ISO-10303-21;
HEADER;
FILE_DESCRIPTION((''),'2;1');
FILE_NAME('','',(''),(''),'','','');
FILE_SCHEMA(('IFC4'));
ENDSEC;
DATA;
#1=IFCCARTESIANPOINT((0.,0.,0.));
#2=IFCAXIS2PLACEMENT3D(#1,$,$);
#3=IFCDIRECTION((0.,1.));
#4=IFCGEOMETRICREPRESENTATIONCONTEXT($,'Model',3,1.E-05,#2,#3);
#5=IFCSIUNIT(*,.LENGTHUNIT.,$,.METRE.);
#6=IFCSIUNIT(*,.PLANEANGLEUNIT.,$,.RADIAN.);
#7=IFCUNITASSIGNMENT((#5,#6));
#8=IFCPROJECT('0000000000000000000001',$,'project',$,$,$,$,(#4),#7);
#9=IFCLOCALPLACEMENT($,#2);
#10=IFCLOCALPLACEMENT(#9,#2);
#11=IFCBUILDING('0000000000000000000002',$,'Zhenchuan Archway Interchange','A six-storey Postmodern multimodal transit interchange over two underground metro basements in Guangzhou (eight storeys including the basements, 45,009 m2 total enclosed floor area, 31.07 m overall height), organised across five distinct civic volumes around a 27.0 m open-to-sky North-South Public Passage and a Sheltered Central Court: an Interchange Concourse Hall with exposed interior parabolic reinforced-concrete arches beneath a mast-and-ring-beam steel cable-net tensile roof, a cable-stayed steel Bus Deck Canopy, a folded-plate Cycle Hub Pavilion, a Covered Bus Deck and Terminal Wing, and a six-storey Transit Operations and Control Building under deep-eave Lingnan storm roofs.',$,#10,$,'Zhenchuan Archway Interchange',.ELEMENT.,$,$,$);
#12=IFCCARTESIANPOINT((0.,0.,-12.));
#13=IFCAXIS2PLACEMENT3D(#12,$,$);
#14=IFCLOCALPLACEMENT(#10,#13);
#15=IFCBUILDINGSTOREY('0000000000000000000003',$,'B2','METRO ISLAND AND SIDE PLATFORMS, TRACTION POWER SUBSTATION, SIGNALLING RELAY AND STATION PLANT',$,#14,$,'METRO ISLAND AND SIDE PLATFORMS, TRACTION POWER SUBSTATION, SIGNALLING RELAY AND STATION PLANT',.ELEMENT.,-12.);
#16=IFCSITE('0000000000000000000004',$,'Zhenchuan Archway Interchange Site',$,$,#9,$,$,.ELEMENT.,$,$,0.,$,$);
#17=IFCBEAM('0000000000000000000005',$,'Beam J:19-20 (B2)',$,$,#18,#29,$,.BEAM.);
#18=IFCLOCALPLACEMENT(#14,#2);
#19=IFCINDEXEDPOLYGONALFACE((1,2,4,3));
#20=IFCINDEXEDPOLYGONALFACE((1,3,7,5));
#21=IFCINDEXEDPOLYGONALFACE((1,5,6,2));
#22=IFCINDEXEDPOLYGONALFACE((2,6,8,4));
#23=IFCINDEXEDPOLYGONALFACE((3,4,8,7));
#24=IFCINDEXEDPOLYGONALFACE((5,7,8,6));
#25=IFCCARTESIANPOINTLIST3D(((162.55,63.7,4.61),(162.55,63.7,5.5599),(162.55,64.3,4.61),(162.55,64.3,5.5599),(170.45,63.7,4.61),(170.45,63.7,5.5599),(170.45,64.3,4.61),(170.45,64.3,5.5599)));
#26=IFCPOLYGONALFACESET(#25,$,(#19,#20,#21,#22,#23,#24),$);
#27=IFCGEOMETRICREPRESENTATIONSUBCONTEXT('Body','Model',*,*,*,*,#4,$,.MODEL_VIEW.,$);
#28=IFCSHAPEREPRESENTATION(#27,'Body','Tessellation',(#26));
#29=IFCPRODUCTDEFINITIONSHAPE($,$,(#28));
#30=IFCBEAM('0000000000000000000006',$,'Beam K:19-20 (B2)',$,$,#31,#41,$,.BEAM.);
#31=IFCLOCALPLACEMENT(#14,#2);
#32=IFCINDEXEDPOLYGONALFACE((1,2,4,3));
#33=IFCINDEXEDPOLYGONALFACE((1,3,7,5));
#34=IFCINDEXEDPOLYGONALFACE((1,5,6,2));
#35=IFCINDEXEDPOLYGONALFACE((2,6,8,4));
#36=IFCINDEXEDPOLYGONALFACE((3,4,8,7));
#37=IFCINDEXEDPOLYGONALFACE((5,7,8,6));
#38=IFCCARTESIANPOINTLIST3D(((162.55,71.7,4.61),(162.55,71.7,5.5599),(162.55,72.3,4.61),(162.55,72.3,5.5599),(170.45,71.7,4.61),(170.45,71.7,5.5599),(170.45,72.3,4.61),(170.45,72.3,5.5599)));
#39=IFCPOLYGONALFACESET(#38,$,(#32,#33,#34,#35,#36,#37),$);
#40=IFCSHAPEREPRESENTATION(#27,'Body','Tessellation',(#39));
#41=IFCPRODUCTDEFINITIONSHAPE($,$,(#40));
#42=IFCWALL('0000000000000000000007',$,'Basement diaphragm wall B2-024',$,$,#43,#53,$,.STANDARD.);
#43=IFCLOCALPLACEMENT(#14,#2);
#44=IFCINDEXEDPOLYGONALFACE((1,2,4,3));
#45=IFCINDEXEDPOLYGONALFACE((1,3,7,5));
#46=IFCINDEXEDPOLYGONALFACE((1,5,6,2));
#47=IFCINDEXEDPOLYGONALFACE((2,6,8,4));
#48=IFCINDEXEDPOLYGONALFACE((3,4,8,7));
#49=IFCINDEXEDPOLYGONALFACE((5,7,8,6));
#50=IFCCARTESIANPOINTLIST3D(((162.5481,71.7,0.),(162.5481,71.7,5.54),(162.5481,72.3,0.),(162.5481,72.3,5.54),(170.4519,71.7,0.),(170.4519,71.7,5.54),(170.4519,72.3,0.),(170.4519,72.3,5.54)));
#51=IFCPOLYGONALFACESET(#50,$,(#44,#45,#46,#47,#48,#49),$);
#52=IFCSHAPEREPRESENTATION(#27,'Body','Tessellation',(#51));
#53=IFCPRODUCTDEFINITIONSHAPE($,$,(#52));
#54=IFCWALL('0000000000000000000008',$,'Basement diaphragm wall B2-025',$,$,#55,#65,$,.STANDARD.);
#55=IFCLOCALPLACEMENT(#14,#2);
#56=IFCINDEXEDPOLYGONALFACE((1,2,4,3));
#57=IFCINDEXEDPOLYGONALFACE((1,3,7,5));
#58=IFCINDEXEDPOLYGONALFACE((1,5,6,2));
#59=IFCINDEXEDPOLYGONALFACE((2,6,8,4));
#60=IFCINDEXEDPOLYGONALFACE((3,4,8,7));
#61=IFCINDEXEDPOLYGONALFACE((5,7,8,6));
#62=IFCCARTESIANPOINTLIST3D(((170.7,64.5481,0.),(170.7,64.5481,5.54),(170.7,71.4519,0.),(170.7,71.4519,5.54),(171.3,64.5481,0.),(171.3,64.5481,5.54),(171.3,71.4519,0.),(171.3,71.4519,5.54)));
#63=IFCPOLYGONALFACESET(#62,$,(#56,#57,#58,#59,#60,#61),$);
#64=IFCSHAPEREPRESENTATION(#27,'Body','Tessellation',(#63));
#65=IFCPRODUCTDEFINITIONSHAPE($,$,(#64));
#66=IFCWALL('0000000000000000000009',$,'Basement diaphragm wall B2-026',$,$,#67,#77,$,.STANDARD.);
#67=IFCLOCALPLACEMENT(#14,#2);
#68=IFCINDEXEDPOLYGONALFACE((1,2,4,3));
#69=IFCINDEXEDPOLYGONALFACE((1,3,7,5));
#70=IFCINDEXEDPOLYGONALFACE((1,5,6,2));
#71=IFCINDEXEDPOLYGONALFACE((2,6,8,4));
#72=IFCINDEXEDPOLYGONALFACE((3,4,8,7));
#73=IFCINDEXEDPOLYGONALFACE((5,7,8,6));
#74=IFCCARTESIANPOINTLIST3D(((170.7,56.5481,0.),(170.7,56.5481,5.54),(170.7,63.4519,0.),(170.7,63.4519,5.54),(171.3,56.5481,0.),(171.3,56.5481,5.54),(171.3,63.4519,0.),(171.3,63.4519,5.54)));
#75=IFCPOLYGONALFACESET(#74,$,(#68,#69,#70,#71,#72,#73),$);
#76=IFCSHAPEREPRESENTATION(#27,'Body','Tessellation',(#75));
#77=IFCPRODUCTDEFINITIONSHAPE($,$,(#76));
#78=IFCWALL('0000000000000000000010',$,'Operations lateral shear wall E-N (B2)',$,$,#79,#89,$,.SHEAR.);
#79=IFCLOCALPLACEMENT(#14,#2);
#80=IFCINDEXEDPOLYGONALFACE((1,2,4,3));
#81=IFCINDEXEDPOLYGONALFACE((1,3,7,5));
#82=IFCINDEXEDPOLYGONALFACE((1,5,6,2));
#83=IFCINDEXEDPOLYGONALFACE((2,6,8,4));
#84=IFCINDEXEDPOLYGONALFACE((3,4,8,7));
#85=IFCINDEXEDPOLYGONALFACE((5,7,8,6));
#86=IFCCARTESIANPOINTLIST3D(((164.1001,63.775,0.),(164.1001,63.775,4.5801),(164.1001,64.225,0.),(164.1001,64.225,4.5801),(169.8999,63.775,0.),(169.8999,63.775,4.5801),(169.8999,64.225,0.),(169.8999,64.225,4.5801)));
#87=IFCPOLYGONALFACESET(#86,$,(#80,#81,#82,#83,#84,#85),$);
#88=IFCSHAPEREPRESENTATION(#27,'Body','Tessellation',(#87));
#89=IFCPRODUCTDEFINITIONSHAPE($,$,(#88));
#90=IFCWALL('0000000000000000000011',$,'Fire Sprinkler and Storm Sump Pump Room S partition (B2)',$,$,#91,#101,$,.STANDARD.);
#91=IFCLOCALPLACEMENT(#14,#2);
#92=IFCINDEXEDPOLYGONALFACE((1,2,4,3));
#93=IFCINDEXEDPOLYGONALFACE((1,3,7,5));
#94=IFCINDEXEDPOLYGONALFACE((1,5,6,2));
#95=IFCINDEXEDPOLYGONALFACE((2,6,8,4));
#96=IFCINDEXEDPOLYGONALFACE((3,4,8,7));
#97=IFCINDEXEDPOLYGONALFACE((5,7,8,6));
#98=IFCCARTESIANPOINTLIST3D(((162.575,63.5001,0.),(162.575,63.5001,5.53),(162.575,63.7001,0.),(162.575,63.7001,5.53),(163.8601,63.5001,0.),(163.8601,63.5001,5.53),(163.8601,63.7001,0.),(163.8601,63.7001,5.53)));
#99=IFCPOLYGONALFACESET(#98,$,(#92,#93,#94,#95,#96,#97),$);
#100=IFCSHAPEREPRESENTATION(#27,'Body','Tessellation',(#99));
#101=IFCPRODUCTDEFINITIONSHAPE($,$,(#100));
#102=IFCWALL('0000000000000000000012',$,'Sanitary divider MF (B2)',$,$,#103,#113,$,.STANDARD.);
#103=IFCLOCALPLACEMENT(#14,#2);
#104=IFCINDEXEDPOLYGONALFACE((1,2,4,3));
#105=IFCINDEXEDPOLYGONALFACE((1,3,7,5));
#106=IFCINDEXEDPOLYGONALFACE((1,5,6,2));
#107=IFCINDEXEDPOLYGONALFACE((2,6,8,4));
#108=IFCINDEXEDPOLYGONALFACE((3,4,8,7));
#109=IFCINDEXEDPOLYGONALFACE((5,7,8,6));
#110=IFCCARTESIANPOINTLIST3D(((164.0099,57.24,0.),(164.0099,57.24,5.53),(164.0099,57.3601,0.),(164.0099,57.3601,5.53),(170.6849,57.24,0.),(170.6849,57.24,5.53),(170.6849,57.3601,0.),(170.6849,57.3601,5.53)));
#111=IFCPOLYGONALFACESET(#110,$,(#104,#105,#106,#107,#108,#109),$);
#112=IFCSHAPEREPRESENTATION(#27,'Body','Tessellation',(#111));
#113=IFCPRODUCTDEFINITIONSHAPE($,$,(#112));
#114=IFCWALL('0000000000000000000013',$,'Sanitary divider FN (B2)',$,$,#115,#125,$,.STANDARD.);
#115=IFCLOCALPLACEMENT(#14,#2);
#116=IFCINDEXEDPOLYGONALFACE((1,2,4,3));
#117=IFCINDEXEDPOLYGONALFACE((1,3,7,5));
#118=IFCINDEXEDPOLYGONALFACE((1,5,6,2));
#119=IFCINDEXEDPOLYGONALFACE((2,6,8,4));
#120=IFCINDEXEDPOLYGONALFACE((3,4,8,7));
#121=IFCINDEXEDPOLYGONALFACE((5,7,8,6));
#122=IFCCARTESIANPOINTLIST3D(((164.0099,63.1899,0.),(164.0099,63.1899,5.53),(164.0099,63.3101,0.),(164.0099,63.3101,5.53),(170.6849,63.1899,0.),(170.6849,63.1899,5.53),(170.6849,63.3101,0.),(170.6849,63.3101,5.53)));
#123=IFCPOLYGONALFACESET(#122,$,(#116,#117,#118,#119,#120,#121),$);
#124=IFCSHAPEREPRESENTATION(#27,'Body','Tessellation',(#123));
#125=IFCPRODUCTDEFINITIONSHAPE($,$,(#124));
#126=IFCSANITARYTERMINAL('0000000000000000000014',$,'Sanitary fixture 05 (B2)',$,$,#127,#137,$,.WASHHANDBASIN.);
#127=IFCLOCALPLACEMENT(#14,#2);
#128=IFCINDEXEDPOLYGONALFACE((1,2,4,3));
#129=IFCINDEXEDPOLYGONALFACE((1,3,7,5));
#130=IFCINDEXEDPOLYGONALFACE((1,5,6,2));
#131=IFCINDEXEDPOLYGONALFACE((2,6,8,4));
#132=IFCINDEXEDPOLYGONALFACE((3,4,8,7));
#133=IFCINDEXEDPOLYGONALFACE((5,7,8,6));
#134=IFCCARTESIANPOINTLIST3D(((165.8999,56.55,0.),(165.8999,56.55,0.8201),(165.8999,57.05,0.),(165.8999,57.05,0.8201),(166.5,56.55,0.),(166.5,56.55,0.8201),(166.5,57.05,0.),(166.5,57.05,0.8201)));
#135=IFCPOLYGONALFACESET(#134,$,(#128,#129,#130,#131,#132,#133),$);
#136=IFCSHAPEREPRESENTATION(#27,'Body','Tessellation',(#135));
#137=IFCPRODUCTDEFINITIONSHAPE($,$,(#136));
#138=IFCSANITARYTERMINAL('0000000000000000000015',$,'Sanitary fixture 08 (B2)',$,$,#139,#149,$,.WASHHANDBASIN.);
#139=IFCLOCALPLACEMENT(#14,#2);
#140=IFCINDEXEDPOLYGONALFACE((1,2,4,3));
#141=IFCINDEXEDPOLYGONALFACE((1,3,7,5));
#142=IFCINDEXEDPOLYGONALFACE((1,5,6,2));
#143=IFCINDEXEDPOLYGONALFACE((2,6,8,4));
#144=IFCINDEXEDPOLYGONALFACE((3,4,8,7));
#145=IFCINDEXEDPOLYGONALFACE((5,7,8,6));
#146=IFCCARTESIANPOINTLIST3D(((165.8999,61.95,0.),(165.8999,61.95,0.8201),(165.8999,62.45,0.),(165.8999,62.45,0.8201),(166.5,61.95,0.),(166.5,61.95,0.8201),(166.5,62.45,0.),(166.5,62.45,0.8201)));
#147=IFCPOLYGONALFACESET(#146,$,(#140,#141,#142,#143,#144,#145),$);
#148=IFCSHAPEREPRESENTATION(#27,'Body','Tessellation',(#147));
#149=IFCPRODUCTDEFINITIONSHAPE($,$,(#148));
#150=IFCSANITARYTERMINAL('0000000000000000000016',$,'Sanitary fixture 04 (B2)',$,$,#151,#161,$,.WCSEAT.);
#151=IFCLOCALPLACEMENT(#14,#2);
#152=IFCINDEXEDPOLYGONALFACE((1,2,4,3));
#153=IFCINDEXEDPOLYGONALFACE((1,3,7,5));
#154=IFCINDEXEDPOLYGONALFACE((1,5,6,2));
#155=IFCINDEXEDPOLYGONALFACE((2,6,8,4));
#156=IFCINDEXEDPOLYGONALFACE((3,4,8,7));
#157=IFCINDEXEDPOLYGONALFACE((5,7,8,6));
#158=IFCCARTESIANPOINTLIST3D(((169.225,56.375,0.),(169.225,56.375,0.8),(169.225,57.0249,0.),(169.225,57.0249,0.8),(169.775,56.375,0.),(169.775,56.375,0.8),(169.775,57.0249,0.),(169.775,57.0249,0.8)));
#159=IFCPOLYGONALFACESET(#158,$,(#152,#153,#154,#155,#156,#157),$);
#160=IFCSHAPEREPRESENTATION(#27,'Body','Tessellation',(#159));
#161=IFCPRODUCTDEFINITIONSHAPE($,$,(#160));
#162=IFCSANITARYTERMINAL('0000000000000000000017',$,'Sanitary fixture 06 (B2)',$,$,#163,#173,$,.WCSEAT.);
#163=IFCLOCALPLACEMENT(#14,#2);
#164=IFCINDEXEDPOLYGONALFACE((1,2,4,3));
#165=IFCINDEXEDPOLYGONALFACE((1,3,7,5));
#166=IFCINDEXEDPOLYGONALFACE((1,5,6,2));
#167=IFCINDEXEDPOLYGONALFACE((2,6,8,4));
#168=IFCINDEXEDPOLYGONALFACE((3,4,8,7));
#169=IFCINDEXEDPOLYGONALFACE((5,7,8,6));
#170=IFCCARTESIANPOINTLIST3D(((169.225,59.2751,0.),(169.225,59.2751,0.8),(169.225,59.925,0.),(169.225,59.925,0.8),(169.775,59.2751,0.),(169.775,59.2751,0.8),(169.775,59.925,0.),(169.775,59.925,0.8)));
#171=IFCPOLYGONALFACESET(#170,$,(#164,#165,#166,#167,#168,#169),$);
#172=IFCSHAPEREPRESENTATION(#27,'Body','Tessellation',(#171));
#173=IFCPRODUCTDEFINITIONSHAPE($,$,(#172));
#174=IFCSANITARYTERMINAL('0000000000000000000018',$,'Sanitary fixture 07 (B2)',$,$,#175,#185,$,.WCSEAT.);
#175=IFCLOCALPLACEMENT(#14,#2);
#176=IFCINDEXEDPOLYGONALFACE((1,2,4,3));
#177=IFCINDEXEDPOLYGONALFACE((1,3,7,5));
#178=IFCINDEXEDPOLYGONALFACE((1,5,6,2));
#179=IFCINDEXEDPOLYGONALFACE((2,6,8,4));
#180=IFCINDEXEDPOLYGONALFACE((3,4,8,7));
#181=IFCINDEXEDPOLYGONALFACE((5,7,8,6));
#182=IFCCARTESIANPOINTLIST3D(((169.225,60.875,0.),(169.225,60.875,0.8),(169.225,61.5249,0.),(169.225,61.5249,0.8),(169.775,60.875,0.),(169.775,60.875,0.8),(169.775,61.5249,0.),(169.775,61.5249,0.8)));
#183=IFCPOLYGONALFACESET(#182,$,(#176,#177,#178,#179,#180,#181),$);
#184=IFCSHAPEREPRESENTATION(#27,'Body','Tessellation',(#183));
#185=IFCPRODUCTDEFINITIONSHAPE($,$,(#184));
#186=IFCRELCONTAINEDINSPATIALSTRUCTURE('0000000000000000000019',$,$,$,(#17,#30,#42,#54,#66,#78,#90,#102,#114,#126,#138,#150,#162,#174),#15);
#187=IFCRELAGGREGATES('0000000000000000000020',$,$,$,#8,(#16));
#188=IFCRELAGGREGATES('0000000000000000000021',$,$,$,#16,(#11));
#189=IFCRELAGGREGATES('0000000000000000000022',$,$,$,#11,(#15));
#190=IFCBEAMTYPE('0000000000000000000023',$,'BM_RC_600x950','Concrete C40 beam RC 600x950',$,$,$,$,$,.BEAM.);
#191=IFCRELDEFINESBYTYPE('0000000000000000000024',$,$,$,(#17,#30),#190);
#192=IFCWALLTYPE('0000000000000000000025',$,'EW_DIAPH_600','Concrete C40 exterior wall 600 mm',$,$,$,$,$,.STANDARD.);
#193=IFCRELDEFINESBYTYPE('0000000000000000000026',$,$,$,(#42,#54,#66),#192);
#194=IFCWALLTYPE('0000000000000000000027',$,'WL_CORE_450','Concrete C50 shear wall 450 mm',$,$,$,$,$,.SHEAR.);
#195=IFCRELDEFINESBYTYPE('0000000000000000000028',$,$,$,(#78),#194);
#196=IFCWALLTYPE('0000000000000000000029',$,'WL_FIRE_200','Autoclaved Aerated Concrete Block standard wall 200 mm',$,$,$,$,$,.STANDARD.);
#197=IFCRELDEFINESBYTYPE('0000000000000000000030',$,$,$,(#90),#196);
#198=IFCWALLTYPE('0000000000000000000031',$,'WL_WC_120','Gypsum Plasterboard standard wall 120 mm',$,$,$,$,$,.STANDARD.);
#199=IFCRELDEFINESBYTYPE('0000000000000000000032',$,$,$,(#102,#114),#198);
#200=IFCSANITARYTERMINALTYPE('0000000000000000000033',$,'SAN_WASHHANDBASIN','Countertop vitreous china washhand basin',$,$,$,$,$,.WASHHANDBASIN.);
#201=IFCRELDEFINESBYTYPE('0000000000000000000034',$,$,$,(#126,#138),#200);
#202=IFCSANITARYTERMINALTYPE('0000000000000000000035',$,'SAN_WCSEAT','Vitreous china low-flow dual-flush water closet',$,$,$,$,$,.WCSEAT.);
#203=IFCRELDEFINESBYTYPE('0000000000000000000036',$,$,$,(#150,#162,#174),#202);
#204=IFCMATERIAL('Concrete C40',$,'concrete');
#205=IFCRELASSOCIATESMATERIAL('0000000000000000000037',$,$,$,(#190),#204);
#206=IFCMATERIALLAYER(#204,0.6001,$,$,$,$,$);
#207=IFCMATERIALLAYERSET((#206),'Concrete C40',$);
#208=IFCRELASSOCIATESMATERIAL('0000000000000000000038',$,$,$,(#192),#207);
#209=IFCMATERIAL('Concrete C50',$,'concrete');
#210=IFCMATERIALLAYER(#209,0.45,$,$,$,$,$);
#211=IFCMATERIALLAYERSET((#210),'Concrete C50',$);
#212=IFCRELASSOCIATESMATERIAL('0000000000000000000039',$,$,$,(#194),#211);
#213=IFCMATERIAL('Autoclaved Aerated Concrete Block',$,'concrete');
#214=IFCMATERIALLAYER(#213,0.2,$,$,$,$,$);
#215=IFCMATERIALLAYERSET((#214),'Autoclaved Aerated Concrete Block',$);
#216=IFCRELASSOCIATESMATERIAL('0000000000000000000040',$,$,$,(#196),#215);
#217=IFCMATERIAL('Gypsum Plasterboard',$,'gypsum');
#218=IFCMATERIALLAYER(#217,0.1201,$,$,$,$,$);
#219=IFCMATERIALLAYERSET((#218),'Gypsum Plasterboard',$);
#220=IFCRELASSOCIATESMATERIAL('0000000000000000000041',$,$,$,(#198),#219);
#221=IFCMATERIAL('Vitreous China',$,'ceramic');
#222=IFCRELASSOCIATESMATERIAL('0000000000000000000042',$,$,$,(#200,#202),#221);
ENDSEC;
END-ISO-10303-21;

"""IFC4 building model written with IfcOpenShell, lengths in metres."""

from ifc_helpers import new_model, si_unit, direction, frame, frame_2d, origin, origin_2d, place, context, subcontext, project, spatial, rectangle, extrude, material, layer, layer_set, material_profile, profile_set, type_object, element, save


model = new_model("IFC4")

# Units and contexts
model_context = context("Model", 3, precision=1e-05, world=origin(), true_north=direction((0.0, 1.0)))
body_context = subcontext(model_context, "Body", "Model", "MODEL_VIEW")
ifc_project = project(units=[si_unit("LENGTHUNIT", "METRE"), si_unit("PLANEANGLEUNIT", "RADIAN")], contexts=[model_context])

# Site, building, storey
site_placement = place(None, origin())
site = spatial("IfcSite", under=ifc_project, at=site_placement, Name="Zhenchuan Archway Interchange Site", CompositionType="ELEMENT", RefElevation=0.0)
building_placement = place(site_placement, origin())
building = spatial("IfcBuilding", under=site, at=building_placement, Name="Zhenchuan Archway Interchange", Description="A six-storey Postmodern multimodal transit interchange over two underground metro basements in Guangzhou (eight storeys including the basements, 45,009 m2 total enclosed floor area, 31.07 m overall height), organised across five distinct civic volumes around a 27.0 m open-to-sky North-South Public Passage and a Sheltered Central Court: an Interchange Concourse Hall with exposed interior parabolic reinforced-concrete arches beneath a mast-and-ring-beam steel cable-net tensile roof, a cable-stayed steel Bus Deck Canopy, a folded-plate Cycle Hub Pavilion, a Covered Bus Deck and Terminal Wing, and a six-storey Transit Operations and Control Building under deep-eave Lingnan storm roofs.", LongName="Zhenchuan Archway Interchange", CompositionType="ELEMENT")
storey_placement = place(building_placement, frame((0.0, 0.0, -12.0)))
storey = spatial("IfcBuildingStorey", under=building, at=storey_placement, Name="B2", Description="METRO ISLAND AND SIDE PLATFORMS, TRACTION POWER SUBSTATION, SIGNALLING RELAY AND STATION PLANT", LongName="METRO ISLAND AND SIDE PLATFORMS, TRACTION POWER SUBSTATION, SIGNALLING RELAY AND STATION PLANT", CompositionType="ELEMENT", Elevation=-12.0)

# Shared definitions
ifc_material_1 = material(Name="Concrete C40", Category="concrete")

# Shared definitions
ifc_material_2 = material(Name="Concrete C50", Category="concrete")

# Beams
ifc_material_profile_1 = material_profile(ifc_material_1, rectangle(XDim=0.6001, YDim=0.95, at=origin_2d()), Name="RC 600x950")
ifc_profile_set_1 = profile_set([ifc_material_profile_1], Name="Concrete C40")
beam_type_1 = type_object("IfcBeamType", Name="BM_RC_600x950", Description="Concrete C40 beam RC 600x950", PredefinedType="BEAM", material=ifc_profile_set_1)
for number, where, z_axis, x_axis, name in (
    (1, (162.55, 64.0, 5.085), (1.0, 0.0, 0.0), (0.0, 1.0, 0.0), "Beam J:19-20 (B2)"),
    (2, (162.55, 72.0, 5.085), (1.0, 0.0, 0.0), (0.0, 1.0, 0.0), "Beam K:19-20 (B2)"),
):
    element("IfcBeam", number, at=place(storey_placement, frame(where, z_axis=z_axis, x_axis=x_axis)), inside=storey, type_object=beam_type_1, Name=name, PredefinedType="BEAM", context=body_context, shape_type="SweptSolid", body=[
        extrude(rectangle(XDim=0.6001, YDim=0.95, at=origin_2d()), origin(), (0.0, 0.0, 1.0), 7.8999),
    ])

# Walls
ifc_layer_1 = layer(ifc_material_1, 0.6001)
ifc_layer_set_1 = layer_set([ifc_layer_1], Name="Concrete C40")
wall_type_1 = type_object("IfcWallType", Name="EW_DIAPH_600", Description="Concrete C40 exterior wall 600 mm", PredefinedType="STANDARD", material=ifc_layer_set_1)
wall_1_placement = place(storey_placement, frame((162.5481, 72.0, 0.0), z_axis=(0.0, 0.0, 1.0), x_axis=(1.0, 0.0, 0.0)))
element("IfcWall", 3, at=wall_1_placement, inside=storey, type_object=wall_type_1, Name="Basement diaphragm wall B2-024", PredefinedType="STANDARD", context=body_context, shape_type="SweptSolid", body=[
    extrude(rectangle(XDim=7.9038, YDim=0.6001, at=frame_2d((3.9519, 0.0))), origin(), (0.0, 0.0, 1.0), 5.54),
])
for number, where, z_axis, x_axis, name in (
    (4, (171.0, 71.4519, 0.0), (0.0, 0.0, 1.0), (0.0, -1.0, 0.0), "Basement diaphragm wall B2-025"),
    (5, (171.0, 63.4519, 0.0), (0.0, 0.0, 1.0), (0.0, -1.0, 0.0), "Basement diaphragm wall B2-026"),
):
    element("IfcWall", number, at=place(storey_placement, frame(where, z_axis=z_axis, x_axis=x_axis)), inside=storey, type_object=wall_type_1, Name=name, PredefinedType="STANDARD", context=body_context, shape_type="SweptSolid", body=[
        extrude(rectangle(XDim=6.9038, YDim=0.6001, at=frame_2d((3.4519, 0.0))), origin(), (0.0, 0.0, 1.0), 5.54),
    ])
ifc_layer_2 = layer(ifc_material_2, 0.45)
ifc_layer_set_2 = layer_set([ifc_layer_2], Name="Concrete C50")
wall_type_2 = type_object("IfcWallType", Name="WL_CORE_450", Description="Concrete C50 shear wall 450 mm", PredefinedType="SHEAR", material=ifc_layer_set_2)
wall_2_placement = place(storey_placement, frame((164.1001, 64.0, 0.0), z_axis=(0.0, 0.0, 1.0), x_axis=(1.0, 0.0, 0.0)))
element("IfcWall", 6, at=wall_2_placement, inside=storey, type_object=wall_type_2, Name="Operations lateral shear wall E-N (B2)", PredefinedType="SHEAR", context=body_context, shape_type="SweptSolid", body=[
    extrude(rectangle(XDim=5.7998, YDim=0.45, at=frame_2d((2.8999, 0.0))), origin(), (0.0, 0.0, 1.0), 4.5801),
])
ifc_material_3 = material(Name="Autoclaved Aerated Concrete Block", Category="concrete")
ifc_layer_3 = layer(ifc_material_3, 0.2)
ifc_layer_set_3 = layer_set([ifc_layer_3], Name="Autoclaved Aerated Concrete Block")
wall_type_3 = type_object("IfcWallType", Name="WL_FIRE_200", Description="Autoclaved Aerated Concrete Block standard wall 200 mm", PredefinedType="STANDARD", material=ifc_layer_set_3)
wall_3_placement = place(storey_placement, frame((162.575, 63.6001, 0.0), z_axis=(0.0, 0.0, 1.0), x_axis=(1.0, 0.0, 0.0)))
element("IfcWall", 7, at=wall_3_placement, inside=storey, type_object=wall_type_3, Name="Fire Sprinkler and Storm Sump Pump Room S partition (B2)", PredefinedType="STANDARD", context=body_context, shape_type="SweptSolid", body=[
    extrude(rectangle(XDim=1.2852, YDim=0.2, at=frame_2d((0.6426, 0.0))), origin(), (0.0, 0.0, 1.0), 5.53),
])
ifc_material_4 = material(Name="Gypsum Plasterboard", Category="gypsum")
ifc_layer_4 = layer(ifc_material_4, 0.1201)
ifc_layer_set_4 = layer_set([ifc_layer_4], Name="Gypsum Plasterboard")
wall_type_4 = type_object("IfcWallType", Name="WL_WC_120", Description="Gypsum Plasterboard standard wall 120 mm", PredefinedType="STANDARD", material=ifc_layer_set_4)
for number, where, z_axis, x_axis, name in (
    (8, (164.01, 57.3, 0.0), (0.0, 0.0, 1.0), (1.0, 0.0, 0.0), "Sanitary divider MF (B2)"),
    (9, (164.01, 63.25, 0.0), (0.0, 0.0, 1.0), (1.0, 0.0, 0.0), "Sanitary divider FN (B2)"),
):
    element("IfcWall", number, at=place(storey_placement, frame(where, z_axis=z_axis, x_axis=x_axis)), inside=storey, type_object=wall_type_4, Name=name, PredefinedType="STANDARD", context=body_context, shape_type="SweptSolid", body=[
        extrude(rectangle(XDim=6.675, YDim=0.1201, at=frame_2d((3.3374, 0.0))), origin(), (0.0, 0.0, 1.0), 5.53),
    ])

# Sanitary terminals
ifc_material_5 = material(Name="Vitreous China", Category="ceramic")
sanitary_terminal_type_1 = type_object("IfcSanitaryTerminalType", Name="SAN_WASHHANDBASIN", Description="Countertop vitreous china washhand basin", PredefinedType="WASHHANDBASIN", material=ifc_material_5)
for number, where, z_axis, x_axis, name in (
    (10, (166.2, 56.8, 0.0), (0.0, 0.0, 1.0), (1.0, 0.0, 0.0), "Sanitary fixture 05 (B2)"),
    (11, (166.2, 62.2, 0.0), (0.0, 0.0, 1.0), (1.0, 0.0, 0.0), "Sanitary fixture 08 (B2)"),
):
    element("IfcSanitaryTerminal", number, at=place(storey_placement, frame(where, z_axis=z_axis, x_axis=x_axis)), inside=storey, type_object=sanitary_terminal_type_1, Name=name, PredefinedType="WASHHANDBASIN", context=body_context, shape_type="SweptSolid", body=[
        extrude(rectangle(XDim=0.6001, YDim=0.5, at=origin_2d()), origin(), (0.0, 0.0, 1.0), 0.8201),
    ])
sanitary_terminal_type_2 = type_object("IfcSanitaryTerminalType", Name="SAN_WCSEAT", Description="Vitreous china low-flow dual-flush water closet", PredefinedType="WCSEAT", material=ifc_material_5)
for number, where, z_axis, x_axis, name in (
    (12, (169.5, 56.7, 0.0), (0.0, 0.0, 1.0), (1.0, 0.0, 0.0), "Sanitary fixture 04 (B2)"),
    (13, (169.5, 59.6001, 0.0), (0.0, 0.0, 1.0), (1.0, 0.0, 0.0), "Sanitary fixture 06 (B2)"),
    (14, (169.5, 61.2, 0.0), (0.0, 0.0, 1.0), (1.0, 0.0, 0.0), "Sanitary fixture 07 (B2)"),
):
    element("IfcSanitaryTerminal", number, at=place(storey_placement, frame(where, z_axis=z_axis, x_axis=x_axis)), inside=storey, type_object=sanitary_terminal_type_2, Name=name, PredefinedType="WCSEAT", context=body_context, shape_type="SweptSolid", body=[
        extrude(rectangle(XDim=0.55, YDim=0.6499, at=origin_2d()), origin(), (0.0, 0.0, 1.0), 0.8),
    ])

save(model, "model.ifc")
